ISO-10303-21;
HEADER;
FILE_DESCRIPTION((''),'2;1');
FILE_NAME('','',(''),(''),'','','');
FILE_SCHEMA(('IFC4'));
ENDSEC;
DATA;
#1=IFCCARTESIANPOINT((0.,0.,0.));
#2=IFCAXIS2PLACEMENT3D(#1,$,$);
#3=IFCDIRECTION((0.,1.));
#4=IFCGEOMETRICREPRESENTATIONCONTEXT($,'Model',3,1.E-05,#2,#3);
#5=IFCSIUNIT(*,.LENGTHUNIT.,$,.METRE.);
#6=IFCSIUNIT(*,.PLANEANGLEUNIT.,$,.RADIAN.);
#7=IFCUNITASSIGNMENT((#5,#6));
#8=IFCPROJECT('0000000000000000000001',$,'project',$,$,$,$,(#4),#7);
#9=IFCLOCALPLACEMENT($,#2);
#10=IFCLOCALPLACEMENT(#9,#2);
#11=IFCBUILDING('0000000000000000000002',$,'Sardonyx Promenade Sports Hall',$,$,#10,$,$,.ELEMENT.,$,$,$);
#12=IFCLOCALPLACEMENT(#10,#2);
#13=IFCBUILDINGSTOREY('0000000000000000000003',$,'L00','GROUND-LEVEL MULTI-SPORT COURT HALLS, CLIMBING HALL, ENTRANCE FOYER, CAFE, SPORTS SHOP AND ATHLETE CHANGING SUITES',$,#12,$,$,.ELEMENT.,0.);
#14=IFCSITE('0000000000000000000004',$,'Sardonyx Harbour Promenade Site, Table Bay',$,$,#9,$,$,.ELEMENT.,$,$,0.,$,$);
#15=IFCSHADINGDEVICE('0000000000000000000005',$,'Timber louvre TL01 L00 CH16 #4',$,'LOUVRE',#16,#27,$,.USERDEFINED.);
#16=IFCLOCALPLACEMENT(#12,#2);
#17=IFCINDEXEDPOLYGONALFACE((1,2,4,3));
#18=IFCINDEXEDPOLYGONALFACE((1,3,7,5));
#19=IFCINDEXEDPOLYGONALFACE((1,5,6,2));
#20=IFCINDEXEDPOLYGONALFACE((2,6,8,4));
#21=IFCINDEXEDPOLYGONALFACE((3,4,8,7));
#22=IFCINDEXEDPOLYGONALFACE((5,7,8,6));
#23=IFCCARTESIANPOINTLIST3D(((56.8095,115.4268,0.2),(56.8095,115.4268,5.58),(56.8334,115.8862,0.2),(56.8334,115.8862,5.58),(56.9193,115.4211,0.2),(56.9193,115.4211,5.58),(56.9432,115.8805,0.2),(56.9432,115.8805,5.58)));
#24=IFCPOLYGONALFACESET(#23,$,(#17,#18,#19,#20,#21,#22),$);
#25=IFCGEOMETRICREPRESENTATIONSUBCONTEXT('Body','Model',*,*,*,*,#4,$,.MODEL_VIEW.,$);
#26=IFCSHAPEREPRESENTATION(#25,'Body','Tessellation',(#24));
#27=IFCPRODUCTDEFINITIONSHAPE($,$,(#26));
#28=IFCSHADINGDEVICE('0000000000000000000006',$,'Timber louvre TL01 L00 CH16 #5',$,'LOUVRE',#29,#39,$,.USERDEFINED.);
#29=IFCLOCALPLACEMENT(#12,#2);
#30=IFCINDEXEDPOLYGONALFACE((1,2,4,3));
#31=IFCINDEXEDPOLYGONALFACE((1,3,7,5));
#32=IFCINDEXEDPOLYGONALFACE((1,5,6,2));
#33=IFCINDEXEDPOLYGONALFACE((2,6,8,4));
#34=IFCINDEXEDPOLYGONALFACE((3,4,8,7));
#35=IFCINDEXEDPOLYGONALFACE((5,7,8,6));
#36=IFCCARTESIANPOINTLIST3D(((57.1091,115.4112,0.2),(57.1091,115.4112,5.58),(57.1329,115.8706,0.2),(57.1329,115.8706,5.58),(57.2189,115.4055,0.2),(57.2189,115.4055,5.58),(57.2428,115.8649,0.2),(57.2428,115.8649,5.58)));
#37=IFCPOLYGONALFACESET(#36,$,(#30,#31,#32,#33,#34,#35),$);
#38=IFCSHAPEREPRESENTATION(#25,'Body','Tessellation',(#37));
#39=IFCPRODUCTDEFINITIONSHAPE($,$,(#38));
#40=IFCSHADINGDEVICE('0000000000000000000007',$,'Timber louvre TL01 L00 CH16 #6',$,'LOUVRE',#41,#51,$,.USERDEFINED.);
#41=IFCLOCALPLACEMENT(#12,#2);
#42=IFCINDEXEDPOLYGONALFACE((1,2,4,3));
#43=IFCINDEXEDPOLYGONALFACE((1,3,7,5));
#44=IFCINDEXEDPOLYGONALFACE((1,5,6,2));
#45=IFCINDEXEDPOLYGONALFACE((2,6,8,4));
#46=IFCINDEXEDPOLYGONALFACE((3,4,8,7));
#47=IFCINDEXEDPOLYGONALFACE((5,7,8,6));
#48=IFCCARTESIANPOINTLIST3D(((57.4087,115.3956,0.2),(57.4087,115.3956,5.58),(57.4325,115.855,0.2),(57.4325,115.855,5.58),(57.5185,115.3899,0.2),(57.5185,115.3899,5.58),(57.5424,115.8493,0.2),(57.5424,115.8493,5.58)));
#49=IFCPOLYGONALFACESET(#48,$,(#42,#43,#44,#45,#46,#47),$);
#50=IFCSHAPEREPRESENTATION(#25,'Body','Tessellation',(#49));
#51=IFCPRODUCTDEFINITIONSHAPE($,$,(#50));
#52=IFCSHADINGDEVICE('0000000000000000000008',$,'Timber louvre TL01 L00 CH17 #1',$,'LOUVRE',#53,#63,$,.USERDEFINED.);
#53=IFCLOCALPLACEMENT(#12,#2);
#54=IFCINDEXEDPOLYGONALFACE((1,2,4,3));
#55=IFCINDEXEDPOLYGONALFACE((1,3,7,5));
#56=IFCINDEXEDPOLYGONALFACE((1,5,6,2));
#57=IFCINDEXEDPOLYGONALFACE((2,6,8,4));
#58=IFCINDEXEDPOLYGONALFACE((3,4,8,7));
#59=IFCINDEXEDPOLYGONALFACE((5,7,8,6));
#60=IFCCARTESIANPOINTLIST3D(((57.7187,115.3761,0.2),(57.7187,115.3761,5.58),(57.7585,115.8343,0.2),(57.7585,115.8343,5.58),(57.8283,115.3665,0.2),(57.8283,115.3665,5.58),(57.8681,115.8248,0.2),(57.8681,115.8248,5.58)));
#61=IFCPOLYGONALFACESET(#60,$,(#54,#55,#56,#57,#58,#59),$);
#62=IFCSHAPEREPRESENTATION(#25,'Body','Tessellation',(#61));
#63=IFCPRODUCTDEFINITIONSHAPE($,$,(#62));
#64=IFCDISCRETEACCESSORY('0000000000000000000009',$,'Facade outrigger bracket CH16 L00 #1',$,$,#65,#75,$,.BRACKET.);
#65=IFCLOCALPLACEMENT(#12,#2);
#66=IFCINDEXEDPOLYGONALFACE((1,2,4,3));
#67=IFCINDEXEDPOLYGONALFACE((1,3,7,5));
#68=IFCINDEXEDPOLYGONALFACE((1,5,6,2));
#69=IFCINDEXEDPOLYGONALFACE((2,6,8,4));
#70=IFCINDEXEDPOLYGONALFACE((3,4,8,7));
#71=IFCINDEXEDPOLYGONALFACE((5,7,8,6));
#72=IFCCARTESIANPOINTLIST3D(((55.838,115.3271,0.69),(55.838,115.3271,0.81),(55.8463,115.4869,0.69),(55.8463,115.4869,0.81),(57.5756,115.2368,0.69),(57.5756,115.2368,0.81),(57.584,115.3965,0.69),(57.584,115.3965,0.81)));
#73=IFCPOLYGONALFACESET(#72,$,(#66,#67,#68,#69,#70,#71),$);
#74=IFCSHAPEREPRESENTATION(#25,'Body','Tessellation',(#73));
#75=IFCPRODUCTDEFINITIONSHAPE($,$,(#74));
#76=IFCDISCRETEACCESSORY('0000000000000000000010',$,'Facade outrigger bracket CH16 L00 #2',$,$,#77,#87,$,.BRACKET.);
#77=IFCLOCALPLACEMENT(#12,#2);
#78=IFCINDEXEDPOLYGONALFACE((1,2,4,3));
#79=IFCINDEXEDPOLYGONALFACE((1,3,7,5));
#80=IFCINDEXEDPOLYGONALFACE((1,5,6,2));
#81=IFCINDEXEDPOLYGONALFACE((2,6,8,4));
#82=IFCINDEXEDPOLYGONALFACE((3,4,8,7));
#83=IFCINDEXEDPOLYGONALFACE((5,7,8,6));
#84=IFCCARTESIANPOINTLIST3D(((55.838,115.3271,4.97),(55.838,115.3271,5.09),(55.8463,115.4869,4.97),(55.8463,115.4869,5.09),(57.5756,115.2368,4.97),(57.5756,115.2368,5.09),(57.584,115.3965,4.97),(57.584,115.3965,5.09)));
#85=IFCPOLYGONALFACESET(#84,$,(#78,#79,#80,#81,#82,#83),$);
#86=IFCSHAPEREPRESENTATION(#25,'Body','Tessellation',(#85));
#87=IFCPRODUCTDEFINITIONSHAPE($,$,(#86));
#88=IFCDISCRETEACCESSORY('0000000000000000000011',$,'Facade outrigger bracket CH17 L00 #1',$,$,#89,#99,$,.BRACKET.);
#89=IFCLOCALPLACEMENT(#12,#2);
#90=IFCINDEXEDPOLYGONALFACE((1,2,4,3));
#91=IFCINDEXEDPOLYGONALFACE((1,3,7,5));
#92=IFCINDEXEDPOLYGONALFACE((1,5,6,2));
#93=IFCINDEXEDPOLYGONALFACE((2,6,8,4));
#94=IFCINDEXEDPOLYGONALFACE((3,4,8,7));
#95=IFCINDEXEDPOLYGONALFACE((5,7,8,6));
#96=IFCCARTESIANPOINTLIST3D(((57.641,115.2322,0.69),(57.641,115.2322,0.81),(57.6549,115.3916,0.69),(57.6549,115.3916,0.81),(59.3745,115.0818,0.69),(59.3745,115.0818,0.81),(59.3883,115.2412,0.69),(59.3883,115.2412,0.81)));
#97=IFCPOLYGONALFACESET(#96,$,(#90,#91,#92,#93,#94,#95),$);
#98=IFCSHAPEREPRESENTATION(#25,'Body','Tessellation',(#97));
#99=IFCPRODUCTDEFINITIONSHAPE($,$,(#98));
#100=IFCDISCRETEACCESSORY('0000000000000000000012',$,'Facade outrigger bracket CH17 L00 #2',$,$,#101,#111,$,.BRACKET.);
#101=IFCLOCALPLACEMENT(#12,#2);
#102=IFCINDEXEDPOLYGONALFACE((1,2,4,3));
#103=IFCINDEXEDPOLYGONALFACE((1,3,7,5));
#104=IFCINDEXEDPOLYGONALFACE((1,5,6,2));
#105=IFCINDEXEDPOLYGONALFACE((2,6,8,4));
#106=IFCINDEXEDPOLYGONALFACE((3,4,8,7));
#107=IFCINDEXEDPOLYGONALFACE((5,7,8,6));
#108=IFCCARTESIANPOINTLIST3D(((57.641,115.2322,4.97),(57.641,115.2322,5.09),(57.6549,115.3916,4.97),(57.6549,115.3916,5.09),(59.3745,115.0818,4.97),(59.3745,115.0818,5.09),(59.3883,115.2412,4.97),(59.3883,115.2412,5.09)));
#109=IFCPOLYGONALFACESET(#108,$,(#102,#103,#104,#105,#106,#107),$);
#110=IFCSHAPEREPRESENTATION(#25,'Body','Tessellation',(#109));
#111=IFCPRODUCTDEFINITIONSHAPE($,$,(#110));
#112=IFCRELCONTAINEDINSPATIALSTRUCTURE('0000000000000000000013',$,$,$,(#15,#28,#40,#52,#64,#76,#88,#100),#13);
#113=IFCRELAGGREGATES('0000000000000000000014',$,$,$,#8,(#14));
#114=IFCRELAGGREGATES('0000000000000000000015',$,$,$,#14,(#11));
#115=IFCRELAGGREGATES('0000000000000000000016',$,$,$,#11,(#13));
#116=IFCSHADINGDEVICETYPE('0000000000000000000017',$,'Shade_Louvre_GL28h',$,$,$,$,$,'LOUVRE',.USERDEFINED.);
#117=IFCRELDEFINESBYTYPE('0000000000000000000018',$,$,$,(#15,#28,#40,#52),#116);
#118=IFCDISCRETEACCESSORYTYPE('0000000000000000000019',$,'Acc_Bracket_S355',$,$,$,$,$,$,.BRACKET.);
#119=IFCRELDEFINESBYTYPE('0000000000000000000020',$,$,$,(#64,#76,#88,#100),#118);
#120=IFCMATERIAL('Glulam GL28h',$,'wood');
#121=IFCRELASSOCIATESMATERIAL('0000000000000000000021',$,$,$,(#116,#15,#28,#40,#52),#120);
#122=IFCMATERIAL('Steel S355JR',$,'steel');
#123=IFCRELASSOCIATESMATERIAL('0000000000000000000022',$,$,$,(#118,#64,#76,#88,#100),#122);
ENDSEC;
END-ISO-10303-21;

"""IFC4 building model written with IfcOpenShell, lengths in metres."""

from ifc_helpers import new_model, si_unit, direction, frame, origin, place, context, subcontext, project, spatial, rectangle, extrude, material, type_object, element, save


model = new_model("IFC4")

# Units and contexts
model_context = context("Model", 3, precision=1e-05, world=origin(), true_north=direction((0.0, 1.0)))
body_context = subcontext(model_context, "Body", "Model", "MODEL_VIEW")
ifc_project = project(units=[si_unit("LENGTHUNIT", "METRE"), si_unit("PLANEANGLEUNIT", "RADIAN")], contexts=[model_context])

# Site, building, storey
site_placement = place(None, origin())
site = spatial("IfcSite", under=ifc_project, at=site_placement, Name="Sardonyx Harbour Promenade Site, Table Bay", CompositionType="ELEMENT", RefElevation=0.0)
building_placement = place(site_placement, origin())
building = spatial("IfcBuilding", under=site, at=building_placement, Name="Sardonyx Promenade Sports Hall", CompositionType="ELEMENT")
storey_placement = place(building_placement, origin())
storey = spatial("IfcBuildingStorey", under=building, at=storey_placement, Name="L00", Description="GROUND-LEVEL MULTI-SPORT COURT HALLS, CLIMBING HALL, ENTRANCE FOYER, CAFE, SPORTS SHOP AND ATHLETE CHANGING SUITES", CompositionType="ELEMENT", Elevation=0.0)

# Shading devices
ifc_material_1 = material(Name="Glulam GL28h", Category="wood")
shading_device_type_1 = type_object("IfcShadingDeviceType", Name="Shade_Louvre_GL28h", ElementType="LOUVRE", PredefinedType="USERDEFINED", material=ifc_material_1)
for number, where, z_axis, x_axis, name in (
    (1, (56.8763, 115.6536, 0.2), (0.0, 0.0, 1.0), (0.998652, -0.051902, 0.0), "Timber louvre TL01 L00 CH16 #4"),
    (2, (57.1759, 115.6381, 0.2), (0.0, 0.0, 1.0), (0.998652, -0.051902, 0.0), "Timber louvre TL01 L00 CH16 #5"),
    (3, (57.4755, 115.6225, 0.2), (0.0, 0.0, 1.0), (0.998652, -0.051902, 0.0), "Timber louvre TL01 L00 CH16 #6"),
    (4, (57.7934, 115.6004, 0.2), (0.0, 0.0, 1.0), (0.996258, -0.086434, 0.0), "Timber louvre TL01 L00 CH17 #1"),
):
    element("IfcShadingDevice", number, at=place(storey_placement, frame(where, z_axis=z_axis, x_axis=x_axis)), inside=storey, type_object=shading_device_type_1, material=ifc_material_1, Name=name, ObjectType="LOUVRE", PredefinedType="USERDEFINED", context=body_context, shape_type="SweptSolid", body=[
        extrude(rectangle(XDim=0.11, YDim=0.46), origin(), (0.0, 0.0, 1.0), 5.38),
    ])

# Discrete accessories
ifc_material_2 = material(Name="Steel S355JR", Category="steel")
discrete_accessory_type = type_object("IfcDiscreteAccessoryType", Name="Acc_Bracket_S355", PredefinedType="BRACKET", material=ifc_material_2)
for number, where, z_axis, x_axis, name in (
    (5, (56.711, 115.3618, 0.69), (0.0, 0.0, 1.0), (0.998652, -0.051902, 0.0), "Facade outrigger bracket CH16 L00 #1"),
    (6, (56.711, 115.3618, 4.97), (0.0, 0.0, 1.0), (0.998652, -0.051902, 0.0), "Facade outrigger bracket CH16 L00 #2"),
    (7, (58.5147, 115.2367, 0.69), (0.0, 0.0, 1.0), (0.996258, -0.086434, 0.0), "Facade outrigger bracket CH17 L00 #1"),
    (8, (58.5147, 115.2367, 4.97), (0.0, 0.0, 1.0), (0.996258, -0.086434, 0.0), "Facade outrigger bracket CH17 L00 #2"),
):
    element("IfcDiscreteAccessory", number, at=place(storey_placement, frame(where, z_axis=z_axis, x_axis=x_axis)), inside=storey, type_object=discrete_accessory_type, material=ifc_material_2, Name=name, PredefinedType="BRACKET", context=body_context, shape_type="SweptSolid", body=[
        extrude(rectangle(XDim=1.74, YDim=0.16), origin(), (0.0, 0.0, 1.0), 0.12),
    ])

save(model, "model.ifc")
